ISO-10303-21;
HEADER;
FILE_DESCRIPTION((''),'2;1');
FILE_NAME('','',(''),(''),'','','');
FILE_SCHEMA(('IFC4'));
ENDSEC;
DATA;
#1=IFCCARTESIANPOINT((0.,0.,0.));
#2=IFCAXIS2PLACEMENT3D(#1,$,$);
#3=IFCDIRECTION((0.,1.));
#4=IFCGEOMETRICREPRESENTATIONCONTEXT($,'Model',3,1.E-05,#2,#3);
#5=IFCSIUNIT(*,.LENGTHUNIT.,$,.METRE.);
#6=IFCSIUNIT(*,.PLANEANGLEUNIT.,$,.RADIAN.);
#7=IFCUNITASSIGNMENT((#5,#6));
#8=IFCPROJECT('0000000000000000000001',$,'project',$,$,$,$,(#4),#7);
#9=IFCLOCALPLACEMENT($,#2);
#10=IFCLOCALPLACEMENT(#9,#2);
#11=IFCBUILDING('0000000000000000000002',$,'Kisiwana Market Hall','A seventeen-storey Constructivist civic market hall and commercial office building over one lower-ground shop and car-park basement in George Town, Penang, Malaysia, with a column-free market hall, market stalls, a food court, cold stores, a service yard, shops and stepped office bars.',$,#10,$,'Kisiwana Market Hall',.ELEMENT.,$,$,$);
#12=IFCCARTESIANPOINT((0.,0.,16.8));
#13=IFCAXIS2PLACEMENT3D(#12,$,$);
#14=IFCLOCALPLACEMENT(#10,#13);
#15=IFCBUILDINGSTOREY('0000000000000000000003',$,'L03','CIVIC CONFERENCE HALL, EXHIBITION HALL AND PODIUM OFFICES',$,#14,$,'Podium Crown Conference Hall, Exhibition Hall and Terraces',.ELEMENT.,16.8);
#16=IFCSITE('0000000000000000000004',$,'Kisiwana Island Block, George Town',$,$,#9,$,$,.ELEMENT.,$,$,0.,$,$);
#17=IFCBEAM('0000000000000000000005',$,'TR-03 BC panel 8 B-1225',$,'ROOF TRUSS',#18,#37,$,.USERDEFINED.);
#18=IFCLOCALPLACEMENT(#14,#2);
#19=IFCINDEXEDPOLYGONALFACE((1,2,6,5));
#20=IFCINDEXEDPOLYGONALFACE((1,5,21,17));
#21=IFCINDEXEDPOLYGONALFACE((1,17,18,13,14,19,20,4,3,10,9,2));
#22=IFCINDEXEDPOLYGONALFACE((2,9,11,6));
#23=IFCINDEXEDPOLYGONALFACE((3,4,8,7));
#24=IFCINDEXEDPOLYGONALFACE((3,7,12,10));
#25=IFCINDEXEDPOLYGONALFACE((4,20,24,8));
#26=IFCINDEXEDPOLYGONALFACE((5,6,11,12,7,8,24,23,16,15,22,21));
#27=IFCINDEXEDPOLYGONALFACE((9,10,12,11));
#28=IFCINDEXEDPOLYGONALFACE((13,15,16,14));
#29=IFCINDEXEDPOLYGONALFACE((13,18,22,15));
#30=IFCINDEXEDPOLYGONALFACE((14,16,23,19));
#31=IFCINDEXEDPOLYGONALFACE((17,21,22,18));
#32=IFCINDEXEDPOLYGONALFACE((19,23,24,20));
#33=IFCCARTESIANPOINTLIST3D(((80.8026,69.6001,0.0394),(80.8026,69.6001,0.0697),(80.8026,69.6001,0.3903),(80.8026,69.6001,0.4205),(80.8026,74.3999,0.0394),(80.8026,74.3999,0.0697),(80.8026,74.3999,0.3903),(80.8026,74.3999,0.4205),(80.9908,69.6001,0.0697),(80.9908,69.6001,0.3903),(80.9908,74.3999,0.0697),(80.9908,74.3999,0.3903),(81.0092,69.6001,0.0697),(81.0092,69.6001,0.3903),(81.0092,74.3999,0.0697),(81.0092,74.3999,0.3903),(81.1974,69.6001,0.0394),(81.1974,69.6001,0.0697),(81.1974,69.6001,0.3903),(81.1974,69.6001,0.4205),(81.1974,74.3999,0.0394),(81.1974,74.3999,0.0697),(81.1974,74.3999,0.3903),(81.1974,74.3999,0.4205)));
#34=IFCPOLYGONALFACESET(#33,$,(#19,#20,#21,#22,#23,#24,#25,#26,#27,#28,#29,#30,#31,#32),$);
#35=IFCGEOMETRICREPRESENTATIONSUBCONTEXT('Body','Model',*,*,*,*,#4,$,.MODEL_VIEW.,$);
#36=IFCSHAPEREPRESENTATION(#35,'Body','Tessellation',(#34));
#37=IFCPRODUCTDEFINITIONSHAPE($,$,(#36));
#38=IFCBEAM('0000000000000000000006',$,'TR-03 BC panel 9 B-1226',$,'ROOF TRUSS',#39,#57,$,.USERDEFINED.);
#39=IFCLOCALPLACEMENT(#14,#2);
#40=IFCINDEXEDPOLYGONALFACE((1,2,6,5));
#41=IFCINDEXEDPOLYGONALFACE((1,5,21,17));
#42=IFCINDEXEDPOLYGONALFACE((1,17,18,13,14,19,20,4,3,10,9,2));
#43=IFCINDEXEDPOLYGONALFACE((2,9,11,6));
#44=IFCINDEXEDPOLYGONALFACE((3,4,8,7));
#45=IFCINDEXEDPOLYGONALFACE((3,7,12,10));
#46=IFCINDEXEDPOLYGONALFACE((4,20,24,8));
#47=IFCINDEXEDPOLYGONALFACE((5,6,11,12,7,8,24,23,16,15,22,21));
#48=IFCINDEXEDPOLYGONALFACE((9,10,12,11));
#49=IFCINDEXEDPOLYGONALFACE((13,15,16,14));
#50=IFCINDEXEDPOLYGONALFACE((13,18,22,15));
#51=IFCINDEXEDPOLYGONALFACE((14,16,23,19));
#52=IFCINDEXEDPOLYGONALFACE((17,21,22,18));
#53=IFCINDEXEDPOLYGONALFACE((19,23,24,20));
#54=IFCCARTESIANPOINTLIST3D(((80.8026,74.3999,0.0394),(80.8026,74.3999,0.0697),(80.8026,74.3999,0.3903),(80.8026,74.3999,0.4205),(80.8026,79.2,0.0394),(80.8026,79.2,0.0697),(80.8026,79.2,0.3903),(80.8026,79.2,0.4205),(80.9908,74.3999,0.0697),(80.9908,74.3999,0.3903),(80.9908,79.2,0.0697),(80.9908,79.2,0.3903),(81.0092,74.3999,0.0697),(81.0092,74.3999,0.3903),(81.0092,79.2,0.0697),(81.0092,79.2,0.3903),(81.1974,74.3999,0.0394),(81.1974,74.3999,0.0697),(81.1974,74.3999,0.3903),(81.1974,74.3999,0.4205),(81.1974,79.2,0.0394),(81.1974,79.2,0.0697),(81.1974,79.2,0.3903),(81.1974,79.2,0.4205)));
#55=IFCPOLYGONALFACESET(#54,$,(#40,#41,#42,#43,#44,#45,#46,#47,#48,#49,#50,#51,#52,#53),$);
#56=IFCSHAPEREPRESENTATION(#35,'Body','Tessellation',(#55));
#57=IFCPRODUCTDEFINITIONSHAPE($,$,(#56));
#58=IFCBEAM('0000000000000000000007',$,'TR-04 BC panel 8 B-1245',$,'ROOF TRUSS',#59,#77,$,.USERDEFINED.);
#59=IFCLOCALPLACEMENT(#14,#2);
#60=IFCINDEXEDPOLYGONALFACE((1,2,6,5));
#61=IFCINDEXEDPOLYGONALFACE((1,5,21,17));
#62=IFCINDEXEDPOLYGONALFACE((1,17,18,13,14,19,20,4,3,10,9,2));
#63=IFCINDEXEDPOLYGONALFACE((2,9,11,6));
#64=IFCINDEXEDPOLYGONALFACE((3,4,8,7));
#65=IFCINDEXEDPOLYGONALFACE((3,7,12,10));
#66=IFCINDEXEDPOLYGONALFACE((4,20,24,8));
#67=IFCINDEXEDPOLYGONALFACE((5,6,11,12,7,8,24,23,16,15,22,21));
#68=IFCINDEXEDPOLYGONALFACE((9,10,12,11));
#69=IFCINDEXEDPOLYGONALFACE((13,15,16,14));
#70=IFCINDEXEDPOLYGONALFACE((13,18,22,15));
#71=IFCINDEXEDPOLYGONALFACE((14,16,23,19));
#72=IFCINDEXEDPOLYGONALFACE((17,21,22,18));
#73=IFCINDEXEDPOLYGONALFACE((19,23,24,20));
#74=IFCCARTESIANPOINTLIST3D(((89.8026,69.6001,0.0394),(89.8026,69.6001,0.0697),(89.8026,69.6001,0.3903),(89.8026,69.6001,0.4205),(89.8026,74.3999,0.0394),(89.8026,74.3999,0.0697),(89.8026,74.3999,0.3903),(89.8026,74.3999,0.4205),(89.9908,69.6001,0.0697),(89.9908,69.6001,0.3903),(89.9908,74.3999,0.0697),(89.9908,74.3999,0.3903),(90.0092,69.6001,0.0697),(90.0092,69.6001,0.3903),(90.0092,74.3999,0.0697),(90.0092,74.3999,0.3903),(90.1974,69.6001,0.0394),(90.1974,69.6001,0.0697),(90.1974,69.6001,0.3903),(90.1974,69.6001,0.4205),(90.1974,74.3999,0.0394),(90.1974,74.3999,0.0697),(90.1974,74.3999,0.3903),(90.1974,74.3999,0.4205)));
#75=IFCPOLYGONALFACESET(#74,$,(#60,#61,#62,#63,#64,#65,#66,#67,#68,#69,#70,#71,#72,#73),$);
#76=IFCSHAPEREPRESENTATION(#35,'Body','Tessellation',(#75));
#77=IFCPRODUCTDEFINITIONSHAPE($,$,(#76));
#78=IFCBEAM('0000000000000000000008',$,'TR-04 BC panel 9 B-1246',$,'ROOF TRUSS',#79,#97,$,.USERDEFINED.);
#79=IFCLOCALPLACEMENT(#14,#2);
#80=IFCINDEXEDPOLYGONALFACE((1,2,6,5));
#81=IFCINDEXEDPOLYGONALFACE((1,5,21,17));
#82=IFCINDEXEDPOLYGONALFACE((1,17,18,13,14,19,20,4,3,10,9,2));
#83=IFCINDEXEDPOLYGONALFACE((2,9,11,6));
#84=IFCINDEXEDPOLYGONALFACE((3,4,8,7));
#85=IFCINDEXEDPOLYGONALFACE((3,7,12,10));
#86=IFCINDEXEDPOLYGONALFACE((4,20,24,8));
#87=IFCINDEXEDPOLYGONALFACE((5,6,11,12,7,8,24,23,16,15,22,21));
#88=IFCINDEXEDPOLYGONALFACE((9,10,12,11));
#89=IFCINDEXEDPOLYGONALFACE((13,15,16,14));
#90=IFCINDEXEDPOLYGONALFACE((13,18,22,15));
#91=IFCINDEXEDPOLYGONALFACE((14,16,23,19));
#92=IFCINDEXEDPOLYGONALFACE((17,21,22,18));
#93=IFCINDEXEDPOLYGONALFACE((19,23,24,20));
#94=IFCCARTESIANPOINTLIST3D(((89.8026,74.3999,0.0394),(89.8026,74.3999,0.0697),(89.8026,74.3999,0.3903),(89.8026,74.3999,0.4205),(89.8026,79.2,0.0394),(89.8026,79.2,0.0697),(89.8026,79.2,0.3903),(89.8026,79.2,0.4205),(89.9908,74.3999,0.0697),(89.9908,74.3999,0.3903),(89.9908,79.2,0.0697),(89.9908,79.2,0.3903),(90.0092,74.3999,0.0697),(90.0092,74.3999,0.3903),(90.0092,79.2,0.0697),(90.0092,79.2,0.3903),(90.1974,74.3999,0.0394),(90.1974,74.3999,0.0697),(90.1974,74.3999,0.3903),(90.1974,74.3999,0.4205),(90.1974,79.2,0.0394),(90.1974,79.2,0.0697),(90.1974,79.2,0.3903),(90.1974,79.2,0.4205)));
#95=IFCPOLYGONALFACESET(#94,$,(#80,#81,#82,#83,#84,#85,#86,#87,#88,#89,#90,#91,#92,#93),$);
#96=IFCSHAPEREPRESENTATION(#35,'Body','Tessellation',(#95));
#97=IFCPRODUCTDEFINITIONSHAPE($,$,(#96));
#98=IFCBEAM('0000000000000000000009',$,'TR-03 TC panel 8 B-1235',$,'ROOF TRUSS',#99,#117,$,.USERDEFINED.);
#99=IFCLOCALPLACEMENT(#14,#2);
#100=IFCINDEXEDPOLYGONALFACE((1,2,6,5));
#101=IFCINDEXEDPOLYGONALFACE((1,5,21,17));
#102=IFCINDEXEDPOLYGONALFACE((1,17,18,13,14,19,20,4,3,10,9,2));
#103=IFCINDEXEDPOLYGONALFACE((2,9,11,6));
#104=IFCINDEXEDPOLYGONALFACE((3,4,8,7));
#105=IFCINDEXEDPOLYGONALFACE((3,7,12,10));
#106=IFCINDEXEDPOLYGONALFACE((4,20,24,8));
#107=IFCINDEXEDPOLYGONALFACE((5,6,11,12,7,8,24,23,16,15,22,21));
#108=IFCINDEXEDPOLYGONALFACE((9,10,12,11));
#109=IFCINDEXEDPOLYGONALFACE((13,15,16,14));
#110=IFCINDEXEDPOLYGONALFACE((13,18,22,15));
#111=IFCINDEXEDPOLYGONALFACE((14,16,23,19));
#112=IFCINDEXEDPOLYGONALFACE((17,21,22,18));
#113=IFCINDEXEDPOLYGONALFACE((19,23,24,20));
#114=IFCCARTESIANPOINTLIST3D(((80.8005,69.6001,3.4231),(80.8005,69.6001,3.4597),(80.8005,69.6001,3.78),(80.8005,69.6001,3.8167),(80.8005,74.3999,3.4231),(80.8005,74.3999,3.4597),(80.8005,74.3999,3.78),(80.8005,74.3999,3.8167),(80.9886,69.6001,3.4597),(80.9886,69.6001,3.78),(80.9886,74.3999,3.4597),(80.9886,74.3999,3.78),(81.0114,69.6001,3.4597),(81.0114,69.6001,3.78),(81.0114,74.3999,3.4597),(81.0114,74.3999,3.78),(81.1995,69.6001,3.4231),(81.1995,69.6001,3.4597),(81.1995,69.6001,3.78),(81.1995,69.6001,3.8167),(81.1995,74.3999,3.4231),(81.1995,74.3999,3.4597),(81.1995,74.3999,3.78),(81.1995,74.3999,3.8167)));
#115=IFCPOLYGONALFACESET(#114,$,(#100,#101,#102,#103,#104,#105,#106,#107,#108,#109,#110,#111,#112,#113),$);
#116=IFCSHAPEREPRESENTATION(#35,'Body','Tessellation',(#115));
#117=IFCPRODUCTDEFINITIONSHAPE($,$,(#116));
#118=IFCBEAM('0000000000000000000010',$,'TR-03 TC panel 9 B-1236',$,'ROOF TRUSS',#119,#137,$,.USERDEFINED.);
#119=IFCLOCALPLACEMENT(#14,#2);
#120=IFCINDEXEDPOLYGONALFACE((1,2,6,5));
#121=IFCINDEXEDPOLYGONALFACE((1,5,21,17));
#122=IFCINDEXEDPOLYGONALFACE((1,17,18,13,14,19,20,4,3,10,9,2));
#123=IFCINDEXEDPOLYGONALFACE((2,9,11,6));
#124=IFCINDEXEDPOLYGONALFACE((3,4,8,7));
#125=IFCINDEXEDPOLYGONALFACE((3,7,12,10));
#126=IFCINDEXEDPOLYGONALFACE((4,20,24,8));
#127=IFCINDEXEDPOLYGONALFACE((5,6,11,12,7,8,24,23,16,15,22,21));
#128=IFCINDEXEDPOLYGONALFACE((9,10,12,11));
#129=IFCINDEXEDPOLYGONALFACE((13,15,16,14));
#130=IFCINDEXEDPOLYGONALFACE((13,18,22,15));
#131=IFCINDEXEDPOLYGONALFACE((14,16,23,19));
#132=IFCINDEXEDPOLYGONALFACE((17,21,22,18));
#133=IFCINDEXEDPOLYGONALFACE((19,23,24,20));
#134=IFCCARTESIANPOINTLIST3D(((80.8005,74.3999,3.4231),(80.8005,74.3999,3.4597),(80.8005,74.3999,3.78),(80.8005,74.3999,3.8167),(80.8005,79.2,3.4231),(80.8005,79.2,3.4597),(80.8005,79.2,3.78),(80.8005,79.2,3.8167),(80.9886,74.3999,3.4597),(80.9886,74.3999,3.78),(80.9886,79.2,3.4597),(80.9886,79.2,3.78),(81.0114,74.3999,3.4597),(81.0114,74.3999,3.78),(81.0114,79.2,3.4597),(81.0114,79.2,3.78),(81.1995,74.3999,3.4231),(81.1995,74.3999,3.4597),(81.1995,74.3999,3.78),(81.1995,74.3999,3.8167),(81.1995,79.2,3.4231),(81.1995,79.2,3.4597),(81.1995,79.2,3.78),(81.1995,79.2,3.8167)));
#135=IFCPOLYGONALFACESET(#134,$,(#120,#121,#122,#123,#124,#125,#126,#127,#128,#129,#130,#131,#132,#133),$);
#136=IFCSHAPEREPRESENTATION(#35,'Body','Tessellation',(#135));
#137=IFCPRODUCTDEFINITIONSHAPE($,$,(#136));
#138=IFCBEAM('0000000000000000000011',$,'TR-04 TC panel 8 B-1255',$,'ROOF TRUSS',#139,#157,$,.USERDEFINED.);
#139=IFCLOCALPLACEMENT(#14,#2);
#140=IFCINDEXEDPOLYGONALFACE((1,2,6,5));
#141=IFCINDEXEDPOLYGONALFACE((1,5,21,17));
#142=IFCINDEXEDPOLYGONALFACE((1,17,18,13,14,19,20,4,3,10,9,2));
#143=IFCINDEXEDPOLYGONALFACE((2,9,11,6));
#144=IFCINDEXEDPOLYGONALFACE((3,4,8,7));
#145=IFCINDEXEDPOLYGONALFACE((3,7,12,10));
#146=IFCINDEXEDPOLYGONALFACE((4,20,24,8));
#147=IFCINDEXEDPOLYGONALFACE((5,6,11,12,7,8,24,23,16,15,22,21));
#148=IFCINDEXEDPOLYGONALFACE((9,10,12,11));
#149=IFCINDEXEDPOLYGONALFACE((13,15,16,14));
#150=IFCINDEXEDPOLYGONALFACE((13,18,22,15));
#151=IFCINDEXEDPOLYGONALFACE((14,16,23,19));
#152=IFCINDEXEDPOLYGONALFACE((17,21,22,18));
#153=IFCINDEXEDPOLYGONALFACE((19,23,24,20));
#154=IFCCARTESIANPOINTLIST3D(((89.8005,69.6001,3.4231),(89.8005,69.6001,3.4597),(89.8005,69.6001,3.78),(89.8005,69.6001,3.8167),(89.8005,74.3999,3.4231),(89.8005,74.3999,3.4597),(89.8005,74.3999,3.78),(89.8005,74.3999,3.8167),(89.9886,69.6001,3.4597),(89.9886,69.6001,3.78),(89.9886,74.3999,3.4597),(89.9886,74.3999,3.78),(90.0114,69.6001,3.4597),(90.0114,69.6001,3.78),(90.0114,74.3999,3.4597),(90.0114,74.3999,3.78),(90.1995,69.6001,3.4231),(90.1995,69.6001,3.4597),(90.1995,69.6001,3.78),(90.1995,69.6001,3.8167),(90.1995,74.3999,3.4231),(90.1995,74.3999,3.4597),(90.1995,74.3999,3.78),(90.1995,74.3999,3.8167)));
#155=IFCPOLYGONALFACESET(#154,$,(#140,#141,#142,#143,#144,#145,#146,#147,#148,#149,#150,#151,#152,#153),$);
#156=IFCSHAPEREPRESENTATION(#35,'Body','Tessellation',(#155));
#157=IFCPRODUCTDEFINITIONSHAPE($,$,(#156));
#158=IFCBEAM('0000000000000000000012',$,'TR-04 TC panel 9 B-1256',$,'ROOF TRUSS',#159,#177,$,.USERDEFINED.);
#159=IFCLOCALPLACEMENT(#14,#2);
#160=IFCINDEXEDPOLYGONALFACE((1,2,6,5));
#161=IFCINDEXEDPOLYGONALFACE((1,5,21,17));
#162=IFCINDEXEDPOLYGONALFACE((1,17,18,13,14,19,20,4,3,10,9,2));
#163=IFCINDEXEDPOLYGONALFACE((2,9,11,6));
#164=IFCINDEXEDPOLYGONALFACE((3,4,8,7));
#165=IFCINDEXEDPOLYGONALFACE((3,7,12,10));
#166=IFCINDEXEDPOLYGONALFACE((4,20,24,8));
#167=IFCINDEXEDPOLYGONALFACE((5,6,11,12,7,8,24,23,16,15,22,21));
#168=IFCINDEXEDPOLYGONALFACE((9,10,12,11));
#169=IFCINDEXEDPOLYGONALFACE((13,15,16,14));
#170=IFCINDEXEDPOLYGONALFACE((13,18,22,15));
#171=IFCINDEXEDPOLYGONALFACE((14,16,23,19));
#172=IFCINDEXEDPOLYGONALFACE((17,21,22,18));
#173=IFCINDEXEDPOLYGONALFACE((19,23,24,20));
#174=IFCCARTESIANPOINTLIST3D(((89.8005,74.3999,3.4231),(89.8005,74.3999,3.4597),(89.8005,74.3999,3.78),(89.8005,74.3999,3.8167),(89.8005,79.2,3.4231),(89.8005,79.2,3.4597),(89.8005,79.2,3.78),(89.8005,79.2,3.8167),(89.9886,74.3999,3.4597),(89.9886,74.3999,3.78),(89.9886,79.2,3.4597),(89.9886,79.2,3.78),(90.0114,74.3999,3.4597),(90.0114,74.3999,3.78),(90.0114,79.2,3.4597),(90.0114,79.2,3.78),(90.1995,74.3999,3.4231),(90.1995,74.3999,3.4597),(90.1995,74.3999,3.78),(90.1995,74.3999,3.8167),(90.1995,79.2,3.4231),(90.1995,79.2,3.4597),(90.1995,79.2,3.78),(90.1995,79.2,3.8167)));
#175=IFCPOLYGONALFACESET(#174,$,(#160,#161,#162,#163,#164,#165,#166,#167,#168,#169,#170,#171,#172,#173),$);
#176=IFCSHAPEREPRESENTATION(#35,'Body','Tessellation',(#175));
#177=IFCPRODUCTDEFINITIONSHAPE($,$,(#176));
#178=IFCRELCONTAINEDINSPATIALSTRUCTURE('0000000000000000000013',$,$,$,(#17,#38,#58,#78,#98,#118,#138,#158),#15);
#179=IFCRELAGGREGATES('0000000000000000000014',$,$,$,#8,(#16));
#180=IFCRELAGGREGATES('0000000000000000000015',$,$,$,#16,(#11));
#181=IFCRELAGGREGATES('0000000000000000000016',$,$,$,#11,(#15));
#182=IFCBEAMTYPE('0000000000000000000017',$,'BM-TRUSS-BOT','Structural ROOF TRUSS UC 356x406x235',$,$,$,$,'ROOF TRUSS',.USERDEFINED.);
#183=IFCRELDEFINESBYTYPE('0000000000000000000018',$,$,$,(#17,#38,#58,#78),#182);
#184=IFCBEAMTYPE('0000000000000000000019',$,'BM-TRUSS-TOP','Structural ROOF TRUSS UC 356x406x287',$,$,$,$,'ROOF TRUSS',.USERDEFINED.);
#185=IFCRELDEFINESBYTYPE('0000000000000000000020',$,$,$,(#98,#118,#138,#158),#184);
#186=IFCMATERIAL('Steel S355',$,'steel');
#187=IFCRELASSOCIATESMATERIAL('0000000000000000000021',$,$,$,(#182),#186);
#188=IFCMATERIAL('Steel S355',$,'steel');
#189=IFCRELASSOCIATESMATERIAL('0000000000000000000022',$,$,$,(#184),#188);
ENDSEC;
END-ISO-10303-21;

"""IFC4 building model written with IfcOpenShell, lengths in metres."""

from ifc_helpers import new_model, si_unit, direction, frame, origin, origin_2d, place, context, subcontext, project, spatial, i_section, extrude, material, material_profile, profile_set, type_object, element, save


model = new_model("IFC4")

# Units and contexts
model_context = context("Model", 3, precision=1e-05, world=origin(), true_north=direction((0.0, 1.0)))
body_context = subcontext(model_context, "Body", "Model", "MODEL_VIEW")
ifc_project = project(units=[si_unit("LENGTHUNIT", "METRE"), si_unit("PLANEANGLEUNIT", "RADIAN")], contexts=[model_context])

# Site, building, storey
site_placement = place(None, origin())
site = spatial("IfcSite", under=ifc_project, at=site_placement, Name="Kisiwana Island Block, George Town", CompositionType="ELEMENT", RefElevation=0.0)
building_placement = place(site_placement, origin())
building = spatial("IfcBuilding", under=site, at=building_placement, Name="Kisiwana Market Hall", Description="A seventeen-storey Constructivist civic market hall and commercial office building over one lower-ground shop and car-park basement in George Town, Penang, Malaysia, with a column-free market hall, market stalls, a food court, cold stores, a service yard, shops and stepped office bars.", LongName="Kisiwana Market Hall", CompositionType="ELEMENT")
storey_placement = place(building_placement, frame((0.0, 0.0, 16.8)))
storey = spatial("IfcBuildingStorey", under=building, at=storey_placement, Name="L03", Description="CIVIC CONFERENCE HALL, EXHIBITION HALL AND PODIUM OFFICES", LongName="Podium Crown Conference Hall, Exhibition Hall and Terraces", CompositionType="ELEMENT", Elevation=16.8)

# Beams
ifc_material_1 = material(Name="Steel S355", Category="steel")
ifc_material_profile_1 = material_profile(ifc_material_1, i_section(OverallWidth=0.3948, OverallDepth=0.3811, WebThickness=0.0183, FlangeThickness=0.0303, at=origin_2d()), Name="UC 356x406x235")
ifc_profile_set_1 = profile_set([ifc_material_profile_1], Name="Steel S355")
beam_type_1 = type_object("IfcBeamType", Name="BM-TRUSS-BOT", Description="Structural ROOF TRUSS UC 356x406x235", ElementType="ROOF TRUSS", PredefinedType="USERDEFINED", material=ifc_profile_set_1)
beam_1_placement = place(storey_placement, frame((81.0, 69.6001, 0.23), z_axis=(0.0, 1.0, 0.0), x_axis=(-1.0, 0.0, 0.0)))
element("IfcBeam", 1, at=beam_1_placement, inside=storey, type_object=beam_type_1, Name="TR-03 BC panel 8 B-1225", ObjectType="ROOF TRUSS", PredefinedType="USERDEFINED", context=body_context, shape_type="SweptSolid", body=[
    extrude(i_section(OverallWidth=0.3948, OverallDepth=0.3811, WebThickness=0.0183, FlangeThickness=0.0303, at=origin_2d()), origin(), (0.0, 0.0, 1.0), 4.7998),
])
beam_2_placement = place(storey_placement, frame((81.0, 74.3999, 0.23), z_axis=(0.0, 1.0, 0.0), x_axis=(-1.0, 0.0, 0.0)))
element("IfcBeam", 2, at=beam_2_placement, inside=storey, type_object=beam_type_1, Name="TR-03 BC panel 9 B-1226", ObjectType="ROOF TRUSS", PredefinedType="USERDEFINED", context=body_context, shape_type="SweptSolid", body=[
    extrude(i_section(OverallWidth=0.3948, OverallDepth=0.3811, WebThickness=0.0183, FlangeThickness=0.0303, at=origin_2d()), origin(), (0.0, 0.0, 1.0), 4.8),
])
beam_3_placement = place(storey_placement, frame((90.0, 69.6001, 0.23), z_axis=(0.0, 1.0, 0.0), x_axis=(-1.0, 0.0, 0.0)))
element("IfcBeam", 3, at=beam_3_placement, inside=storey, type_object=beam_type_1, Name="TR-04 BC panel 8 B-1245", ObjectType="ROOF TRUSS", PredefinedType="USERDEFINED", context=body_context, shape_type="SweptSolid", body=[
    extrude(i_section(OverallWidth=0.3948, OverallDepth=0.3811, WebThickness=0.0183, FlangeThickness=0.0303, at=origin_2d()), origin(), (0.0, 0.0, 1.0), 4.7998),
])
beam_4_placement = place(storey_placement, frame((90.0, 74.3999, 0.23), z_axis=(0.0, 1.0, 0.0), x_axis=(-1.0, 0.0, 0.0)))
element("IfcBeam", 4, at=beam_4_placement, inside=storey, type_object=beam_type_1, Name="TR-04 BC panel 9 B-1246", ObjectType="ROOF TRUSS", PredefinedType="USERDEFINED", context=body_context, shape_type="SweptSolid", body=[
    extrude(i_section(OverallWidth=0.3948, OverallDepth=0.3811, WebThickness=0.0183, FlangeThickness=0.0303, at=origin_2d()), origin(), (0.0, 0.0, 1.0), 4.8),
])
ifc_material_2 = material(Name="Steel S355", Category="steel")
ifc_material_profile_2 = material_profile(ifc_material_2, i_section(OverallWidth=0.3989, OverallDepth=0.3936, WebThickness=0.0227, FlangeThickness=0.0366, at=origin_2d()), Name="UC 356x406x287")
ifc_profile_set_2 = profile_set([ifc_material_profile_2], Name="Steel S355")
beam_type_2 = type_object("IfcBeamType", Name="BM-TRUSS-TOP", Description="Structural ROOF TRUSS UC 356x406x287", ElementType="ROOF TRUSS", PredefinedType="USERDEFINED", material=ifc_profile_set_2)
beam_5_placement = place(storey_placement, frame((81.0, 69.6001, 3.6199), z_axis=(0.0, 1.0, 0.0), x_axis=(-1.0, 0.0, 0.0)))
element("IfcBeam", 5, at=beam_5_placement, inside=storey, type_object=beam_type_2, Name="TR-03 TC panel 8 B-1235", ObjectType="ROOF TRUSS", PredefinedType="USERDEFINED", context=body_context, shape_type="SweptSolid", body=[
    extrude(i_section(OverallWidth=0.3989, OverallDepth=0.3936, WebThickness=0.0227, FlangeThickness=0.0366, at=origin_2d()), origin(), (0.0, 0.0, 1.0), 4.7998),
])
beam_6_placement = place(storey_placement, frame((81.0, 74.3999, 3.6199), z_axis=(0.0, 1.0, 0.0), x_axis=(-1.0, 0.0, 0.0)))
element("IfcBeam", 6, at=beam_6_placement, inside=storey, type_object=beam_type_2, Name="TR-03 TC panel 9 B-1236", ObjectType="ROOF TRUSS", PredefinedType="USERDEFINED", context=body_context, shape_type="SweptSolid", body=[
    extrude(i_section(OverallWidth=0.3989, OverallDepth=0.3936, WebThickness=0.0227, FlangeThickness=0.0366, at=origin_2d()), origin(), (0.0, 0.0, 1.0), 4.8),
])
beam_7_placement = place(storey_placement, frame((90.0, 69.6001, 3.6199), z_axis=(0.0, 1.0, 0.0), x_axis=(-1.0, 0.0, 0.0)))
element("IfcBeam", 7, at=beam_7_placement, inside=storey, type_object=beam_type_2, Name="TR-04 TC panel 8 B-1255", ObjectType="ROOF TRUSS", PredefinedType="USERDEFINED", context=body_context, shape_type="SweptSolid", body=[
    extrude(i_section(OverallWidth=0.3989, OverallDepth=0.3936, WebThickness=0.0227, FlangeThickness=0.0366, at=origin_2d()), origin(), (0.0, 0.0, 1.0), 4.7998),
])
beam_8_placement = place(storey_placement, frame((90.0, 74.3999, 3.6199), z_axis=(0.0, 1.0, 0.0), x_axis=(-1.0, 0.0, 0.0)))
element("IfcBeam", 8, at=beam_8_placement, inside=storey, type_object=beam_type_2, Name="TR-04 TC panel 9 B-1256", ObjectType="ROOF TRUSS", PredefinedType="USERDEFINED", context=body_context, shape_type="SweptSolid", body=[
    extrude(i_section(OverallWidth=0.3989, OverallDepth=0.3936, WebThickness=0.0227, FlangeThickness=0.0366, at=origin_2d()), origin(), (0.0, 0.0, 1.0), 4.8),
])

save(model, "model.ifc")
